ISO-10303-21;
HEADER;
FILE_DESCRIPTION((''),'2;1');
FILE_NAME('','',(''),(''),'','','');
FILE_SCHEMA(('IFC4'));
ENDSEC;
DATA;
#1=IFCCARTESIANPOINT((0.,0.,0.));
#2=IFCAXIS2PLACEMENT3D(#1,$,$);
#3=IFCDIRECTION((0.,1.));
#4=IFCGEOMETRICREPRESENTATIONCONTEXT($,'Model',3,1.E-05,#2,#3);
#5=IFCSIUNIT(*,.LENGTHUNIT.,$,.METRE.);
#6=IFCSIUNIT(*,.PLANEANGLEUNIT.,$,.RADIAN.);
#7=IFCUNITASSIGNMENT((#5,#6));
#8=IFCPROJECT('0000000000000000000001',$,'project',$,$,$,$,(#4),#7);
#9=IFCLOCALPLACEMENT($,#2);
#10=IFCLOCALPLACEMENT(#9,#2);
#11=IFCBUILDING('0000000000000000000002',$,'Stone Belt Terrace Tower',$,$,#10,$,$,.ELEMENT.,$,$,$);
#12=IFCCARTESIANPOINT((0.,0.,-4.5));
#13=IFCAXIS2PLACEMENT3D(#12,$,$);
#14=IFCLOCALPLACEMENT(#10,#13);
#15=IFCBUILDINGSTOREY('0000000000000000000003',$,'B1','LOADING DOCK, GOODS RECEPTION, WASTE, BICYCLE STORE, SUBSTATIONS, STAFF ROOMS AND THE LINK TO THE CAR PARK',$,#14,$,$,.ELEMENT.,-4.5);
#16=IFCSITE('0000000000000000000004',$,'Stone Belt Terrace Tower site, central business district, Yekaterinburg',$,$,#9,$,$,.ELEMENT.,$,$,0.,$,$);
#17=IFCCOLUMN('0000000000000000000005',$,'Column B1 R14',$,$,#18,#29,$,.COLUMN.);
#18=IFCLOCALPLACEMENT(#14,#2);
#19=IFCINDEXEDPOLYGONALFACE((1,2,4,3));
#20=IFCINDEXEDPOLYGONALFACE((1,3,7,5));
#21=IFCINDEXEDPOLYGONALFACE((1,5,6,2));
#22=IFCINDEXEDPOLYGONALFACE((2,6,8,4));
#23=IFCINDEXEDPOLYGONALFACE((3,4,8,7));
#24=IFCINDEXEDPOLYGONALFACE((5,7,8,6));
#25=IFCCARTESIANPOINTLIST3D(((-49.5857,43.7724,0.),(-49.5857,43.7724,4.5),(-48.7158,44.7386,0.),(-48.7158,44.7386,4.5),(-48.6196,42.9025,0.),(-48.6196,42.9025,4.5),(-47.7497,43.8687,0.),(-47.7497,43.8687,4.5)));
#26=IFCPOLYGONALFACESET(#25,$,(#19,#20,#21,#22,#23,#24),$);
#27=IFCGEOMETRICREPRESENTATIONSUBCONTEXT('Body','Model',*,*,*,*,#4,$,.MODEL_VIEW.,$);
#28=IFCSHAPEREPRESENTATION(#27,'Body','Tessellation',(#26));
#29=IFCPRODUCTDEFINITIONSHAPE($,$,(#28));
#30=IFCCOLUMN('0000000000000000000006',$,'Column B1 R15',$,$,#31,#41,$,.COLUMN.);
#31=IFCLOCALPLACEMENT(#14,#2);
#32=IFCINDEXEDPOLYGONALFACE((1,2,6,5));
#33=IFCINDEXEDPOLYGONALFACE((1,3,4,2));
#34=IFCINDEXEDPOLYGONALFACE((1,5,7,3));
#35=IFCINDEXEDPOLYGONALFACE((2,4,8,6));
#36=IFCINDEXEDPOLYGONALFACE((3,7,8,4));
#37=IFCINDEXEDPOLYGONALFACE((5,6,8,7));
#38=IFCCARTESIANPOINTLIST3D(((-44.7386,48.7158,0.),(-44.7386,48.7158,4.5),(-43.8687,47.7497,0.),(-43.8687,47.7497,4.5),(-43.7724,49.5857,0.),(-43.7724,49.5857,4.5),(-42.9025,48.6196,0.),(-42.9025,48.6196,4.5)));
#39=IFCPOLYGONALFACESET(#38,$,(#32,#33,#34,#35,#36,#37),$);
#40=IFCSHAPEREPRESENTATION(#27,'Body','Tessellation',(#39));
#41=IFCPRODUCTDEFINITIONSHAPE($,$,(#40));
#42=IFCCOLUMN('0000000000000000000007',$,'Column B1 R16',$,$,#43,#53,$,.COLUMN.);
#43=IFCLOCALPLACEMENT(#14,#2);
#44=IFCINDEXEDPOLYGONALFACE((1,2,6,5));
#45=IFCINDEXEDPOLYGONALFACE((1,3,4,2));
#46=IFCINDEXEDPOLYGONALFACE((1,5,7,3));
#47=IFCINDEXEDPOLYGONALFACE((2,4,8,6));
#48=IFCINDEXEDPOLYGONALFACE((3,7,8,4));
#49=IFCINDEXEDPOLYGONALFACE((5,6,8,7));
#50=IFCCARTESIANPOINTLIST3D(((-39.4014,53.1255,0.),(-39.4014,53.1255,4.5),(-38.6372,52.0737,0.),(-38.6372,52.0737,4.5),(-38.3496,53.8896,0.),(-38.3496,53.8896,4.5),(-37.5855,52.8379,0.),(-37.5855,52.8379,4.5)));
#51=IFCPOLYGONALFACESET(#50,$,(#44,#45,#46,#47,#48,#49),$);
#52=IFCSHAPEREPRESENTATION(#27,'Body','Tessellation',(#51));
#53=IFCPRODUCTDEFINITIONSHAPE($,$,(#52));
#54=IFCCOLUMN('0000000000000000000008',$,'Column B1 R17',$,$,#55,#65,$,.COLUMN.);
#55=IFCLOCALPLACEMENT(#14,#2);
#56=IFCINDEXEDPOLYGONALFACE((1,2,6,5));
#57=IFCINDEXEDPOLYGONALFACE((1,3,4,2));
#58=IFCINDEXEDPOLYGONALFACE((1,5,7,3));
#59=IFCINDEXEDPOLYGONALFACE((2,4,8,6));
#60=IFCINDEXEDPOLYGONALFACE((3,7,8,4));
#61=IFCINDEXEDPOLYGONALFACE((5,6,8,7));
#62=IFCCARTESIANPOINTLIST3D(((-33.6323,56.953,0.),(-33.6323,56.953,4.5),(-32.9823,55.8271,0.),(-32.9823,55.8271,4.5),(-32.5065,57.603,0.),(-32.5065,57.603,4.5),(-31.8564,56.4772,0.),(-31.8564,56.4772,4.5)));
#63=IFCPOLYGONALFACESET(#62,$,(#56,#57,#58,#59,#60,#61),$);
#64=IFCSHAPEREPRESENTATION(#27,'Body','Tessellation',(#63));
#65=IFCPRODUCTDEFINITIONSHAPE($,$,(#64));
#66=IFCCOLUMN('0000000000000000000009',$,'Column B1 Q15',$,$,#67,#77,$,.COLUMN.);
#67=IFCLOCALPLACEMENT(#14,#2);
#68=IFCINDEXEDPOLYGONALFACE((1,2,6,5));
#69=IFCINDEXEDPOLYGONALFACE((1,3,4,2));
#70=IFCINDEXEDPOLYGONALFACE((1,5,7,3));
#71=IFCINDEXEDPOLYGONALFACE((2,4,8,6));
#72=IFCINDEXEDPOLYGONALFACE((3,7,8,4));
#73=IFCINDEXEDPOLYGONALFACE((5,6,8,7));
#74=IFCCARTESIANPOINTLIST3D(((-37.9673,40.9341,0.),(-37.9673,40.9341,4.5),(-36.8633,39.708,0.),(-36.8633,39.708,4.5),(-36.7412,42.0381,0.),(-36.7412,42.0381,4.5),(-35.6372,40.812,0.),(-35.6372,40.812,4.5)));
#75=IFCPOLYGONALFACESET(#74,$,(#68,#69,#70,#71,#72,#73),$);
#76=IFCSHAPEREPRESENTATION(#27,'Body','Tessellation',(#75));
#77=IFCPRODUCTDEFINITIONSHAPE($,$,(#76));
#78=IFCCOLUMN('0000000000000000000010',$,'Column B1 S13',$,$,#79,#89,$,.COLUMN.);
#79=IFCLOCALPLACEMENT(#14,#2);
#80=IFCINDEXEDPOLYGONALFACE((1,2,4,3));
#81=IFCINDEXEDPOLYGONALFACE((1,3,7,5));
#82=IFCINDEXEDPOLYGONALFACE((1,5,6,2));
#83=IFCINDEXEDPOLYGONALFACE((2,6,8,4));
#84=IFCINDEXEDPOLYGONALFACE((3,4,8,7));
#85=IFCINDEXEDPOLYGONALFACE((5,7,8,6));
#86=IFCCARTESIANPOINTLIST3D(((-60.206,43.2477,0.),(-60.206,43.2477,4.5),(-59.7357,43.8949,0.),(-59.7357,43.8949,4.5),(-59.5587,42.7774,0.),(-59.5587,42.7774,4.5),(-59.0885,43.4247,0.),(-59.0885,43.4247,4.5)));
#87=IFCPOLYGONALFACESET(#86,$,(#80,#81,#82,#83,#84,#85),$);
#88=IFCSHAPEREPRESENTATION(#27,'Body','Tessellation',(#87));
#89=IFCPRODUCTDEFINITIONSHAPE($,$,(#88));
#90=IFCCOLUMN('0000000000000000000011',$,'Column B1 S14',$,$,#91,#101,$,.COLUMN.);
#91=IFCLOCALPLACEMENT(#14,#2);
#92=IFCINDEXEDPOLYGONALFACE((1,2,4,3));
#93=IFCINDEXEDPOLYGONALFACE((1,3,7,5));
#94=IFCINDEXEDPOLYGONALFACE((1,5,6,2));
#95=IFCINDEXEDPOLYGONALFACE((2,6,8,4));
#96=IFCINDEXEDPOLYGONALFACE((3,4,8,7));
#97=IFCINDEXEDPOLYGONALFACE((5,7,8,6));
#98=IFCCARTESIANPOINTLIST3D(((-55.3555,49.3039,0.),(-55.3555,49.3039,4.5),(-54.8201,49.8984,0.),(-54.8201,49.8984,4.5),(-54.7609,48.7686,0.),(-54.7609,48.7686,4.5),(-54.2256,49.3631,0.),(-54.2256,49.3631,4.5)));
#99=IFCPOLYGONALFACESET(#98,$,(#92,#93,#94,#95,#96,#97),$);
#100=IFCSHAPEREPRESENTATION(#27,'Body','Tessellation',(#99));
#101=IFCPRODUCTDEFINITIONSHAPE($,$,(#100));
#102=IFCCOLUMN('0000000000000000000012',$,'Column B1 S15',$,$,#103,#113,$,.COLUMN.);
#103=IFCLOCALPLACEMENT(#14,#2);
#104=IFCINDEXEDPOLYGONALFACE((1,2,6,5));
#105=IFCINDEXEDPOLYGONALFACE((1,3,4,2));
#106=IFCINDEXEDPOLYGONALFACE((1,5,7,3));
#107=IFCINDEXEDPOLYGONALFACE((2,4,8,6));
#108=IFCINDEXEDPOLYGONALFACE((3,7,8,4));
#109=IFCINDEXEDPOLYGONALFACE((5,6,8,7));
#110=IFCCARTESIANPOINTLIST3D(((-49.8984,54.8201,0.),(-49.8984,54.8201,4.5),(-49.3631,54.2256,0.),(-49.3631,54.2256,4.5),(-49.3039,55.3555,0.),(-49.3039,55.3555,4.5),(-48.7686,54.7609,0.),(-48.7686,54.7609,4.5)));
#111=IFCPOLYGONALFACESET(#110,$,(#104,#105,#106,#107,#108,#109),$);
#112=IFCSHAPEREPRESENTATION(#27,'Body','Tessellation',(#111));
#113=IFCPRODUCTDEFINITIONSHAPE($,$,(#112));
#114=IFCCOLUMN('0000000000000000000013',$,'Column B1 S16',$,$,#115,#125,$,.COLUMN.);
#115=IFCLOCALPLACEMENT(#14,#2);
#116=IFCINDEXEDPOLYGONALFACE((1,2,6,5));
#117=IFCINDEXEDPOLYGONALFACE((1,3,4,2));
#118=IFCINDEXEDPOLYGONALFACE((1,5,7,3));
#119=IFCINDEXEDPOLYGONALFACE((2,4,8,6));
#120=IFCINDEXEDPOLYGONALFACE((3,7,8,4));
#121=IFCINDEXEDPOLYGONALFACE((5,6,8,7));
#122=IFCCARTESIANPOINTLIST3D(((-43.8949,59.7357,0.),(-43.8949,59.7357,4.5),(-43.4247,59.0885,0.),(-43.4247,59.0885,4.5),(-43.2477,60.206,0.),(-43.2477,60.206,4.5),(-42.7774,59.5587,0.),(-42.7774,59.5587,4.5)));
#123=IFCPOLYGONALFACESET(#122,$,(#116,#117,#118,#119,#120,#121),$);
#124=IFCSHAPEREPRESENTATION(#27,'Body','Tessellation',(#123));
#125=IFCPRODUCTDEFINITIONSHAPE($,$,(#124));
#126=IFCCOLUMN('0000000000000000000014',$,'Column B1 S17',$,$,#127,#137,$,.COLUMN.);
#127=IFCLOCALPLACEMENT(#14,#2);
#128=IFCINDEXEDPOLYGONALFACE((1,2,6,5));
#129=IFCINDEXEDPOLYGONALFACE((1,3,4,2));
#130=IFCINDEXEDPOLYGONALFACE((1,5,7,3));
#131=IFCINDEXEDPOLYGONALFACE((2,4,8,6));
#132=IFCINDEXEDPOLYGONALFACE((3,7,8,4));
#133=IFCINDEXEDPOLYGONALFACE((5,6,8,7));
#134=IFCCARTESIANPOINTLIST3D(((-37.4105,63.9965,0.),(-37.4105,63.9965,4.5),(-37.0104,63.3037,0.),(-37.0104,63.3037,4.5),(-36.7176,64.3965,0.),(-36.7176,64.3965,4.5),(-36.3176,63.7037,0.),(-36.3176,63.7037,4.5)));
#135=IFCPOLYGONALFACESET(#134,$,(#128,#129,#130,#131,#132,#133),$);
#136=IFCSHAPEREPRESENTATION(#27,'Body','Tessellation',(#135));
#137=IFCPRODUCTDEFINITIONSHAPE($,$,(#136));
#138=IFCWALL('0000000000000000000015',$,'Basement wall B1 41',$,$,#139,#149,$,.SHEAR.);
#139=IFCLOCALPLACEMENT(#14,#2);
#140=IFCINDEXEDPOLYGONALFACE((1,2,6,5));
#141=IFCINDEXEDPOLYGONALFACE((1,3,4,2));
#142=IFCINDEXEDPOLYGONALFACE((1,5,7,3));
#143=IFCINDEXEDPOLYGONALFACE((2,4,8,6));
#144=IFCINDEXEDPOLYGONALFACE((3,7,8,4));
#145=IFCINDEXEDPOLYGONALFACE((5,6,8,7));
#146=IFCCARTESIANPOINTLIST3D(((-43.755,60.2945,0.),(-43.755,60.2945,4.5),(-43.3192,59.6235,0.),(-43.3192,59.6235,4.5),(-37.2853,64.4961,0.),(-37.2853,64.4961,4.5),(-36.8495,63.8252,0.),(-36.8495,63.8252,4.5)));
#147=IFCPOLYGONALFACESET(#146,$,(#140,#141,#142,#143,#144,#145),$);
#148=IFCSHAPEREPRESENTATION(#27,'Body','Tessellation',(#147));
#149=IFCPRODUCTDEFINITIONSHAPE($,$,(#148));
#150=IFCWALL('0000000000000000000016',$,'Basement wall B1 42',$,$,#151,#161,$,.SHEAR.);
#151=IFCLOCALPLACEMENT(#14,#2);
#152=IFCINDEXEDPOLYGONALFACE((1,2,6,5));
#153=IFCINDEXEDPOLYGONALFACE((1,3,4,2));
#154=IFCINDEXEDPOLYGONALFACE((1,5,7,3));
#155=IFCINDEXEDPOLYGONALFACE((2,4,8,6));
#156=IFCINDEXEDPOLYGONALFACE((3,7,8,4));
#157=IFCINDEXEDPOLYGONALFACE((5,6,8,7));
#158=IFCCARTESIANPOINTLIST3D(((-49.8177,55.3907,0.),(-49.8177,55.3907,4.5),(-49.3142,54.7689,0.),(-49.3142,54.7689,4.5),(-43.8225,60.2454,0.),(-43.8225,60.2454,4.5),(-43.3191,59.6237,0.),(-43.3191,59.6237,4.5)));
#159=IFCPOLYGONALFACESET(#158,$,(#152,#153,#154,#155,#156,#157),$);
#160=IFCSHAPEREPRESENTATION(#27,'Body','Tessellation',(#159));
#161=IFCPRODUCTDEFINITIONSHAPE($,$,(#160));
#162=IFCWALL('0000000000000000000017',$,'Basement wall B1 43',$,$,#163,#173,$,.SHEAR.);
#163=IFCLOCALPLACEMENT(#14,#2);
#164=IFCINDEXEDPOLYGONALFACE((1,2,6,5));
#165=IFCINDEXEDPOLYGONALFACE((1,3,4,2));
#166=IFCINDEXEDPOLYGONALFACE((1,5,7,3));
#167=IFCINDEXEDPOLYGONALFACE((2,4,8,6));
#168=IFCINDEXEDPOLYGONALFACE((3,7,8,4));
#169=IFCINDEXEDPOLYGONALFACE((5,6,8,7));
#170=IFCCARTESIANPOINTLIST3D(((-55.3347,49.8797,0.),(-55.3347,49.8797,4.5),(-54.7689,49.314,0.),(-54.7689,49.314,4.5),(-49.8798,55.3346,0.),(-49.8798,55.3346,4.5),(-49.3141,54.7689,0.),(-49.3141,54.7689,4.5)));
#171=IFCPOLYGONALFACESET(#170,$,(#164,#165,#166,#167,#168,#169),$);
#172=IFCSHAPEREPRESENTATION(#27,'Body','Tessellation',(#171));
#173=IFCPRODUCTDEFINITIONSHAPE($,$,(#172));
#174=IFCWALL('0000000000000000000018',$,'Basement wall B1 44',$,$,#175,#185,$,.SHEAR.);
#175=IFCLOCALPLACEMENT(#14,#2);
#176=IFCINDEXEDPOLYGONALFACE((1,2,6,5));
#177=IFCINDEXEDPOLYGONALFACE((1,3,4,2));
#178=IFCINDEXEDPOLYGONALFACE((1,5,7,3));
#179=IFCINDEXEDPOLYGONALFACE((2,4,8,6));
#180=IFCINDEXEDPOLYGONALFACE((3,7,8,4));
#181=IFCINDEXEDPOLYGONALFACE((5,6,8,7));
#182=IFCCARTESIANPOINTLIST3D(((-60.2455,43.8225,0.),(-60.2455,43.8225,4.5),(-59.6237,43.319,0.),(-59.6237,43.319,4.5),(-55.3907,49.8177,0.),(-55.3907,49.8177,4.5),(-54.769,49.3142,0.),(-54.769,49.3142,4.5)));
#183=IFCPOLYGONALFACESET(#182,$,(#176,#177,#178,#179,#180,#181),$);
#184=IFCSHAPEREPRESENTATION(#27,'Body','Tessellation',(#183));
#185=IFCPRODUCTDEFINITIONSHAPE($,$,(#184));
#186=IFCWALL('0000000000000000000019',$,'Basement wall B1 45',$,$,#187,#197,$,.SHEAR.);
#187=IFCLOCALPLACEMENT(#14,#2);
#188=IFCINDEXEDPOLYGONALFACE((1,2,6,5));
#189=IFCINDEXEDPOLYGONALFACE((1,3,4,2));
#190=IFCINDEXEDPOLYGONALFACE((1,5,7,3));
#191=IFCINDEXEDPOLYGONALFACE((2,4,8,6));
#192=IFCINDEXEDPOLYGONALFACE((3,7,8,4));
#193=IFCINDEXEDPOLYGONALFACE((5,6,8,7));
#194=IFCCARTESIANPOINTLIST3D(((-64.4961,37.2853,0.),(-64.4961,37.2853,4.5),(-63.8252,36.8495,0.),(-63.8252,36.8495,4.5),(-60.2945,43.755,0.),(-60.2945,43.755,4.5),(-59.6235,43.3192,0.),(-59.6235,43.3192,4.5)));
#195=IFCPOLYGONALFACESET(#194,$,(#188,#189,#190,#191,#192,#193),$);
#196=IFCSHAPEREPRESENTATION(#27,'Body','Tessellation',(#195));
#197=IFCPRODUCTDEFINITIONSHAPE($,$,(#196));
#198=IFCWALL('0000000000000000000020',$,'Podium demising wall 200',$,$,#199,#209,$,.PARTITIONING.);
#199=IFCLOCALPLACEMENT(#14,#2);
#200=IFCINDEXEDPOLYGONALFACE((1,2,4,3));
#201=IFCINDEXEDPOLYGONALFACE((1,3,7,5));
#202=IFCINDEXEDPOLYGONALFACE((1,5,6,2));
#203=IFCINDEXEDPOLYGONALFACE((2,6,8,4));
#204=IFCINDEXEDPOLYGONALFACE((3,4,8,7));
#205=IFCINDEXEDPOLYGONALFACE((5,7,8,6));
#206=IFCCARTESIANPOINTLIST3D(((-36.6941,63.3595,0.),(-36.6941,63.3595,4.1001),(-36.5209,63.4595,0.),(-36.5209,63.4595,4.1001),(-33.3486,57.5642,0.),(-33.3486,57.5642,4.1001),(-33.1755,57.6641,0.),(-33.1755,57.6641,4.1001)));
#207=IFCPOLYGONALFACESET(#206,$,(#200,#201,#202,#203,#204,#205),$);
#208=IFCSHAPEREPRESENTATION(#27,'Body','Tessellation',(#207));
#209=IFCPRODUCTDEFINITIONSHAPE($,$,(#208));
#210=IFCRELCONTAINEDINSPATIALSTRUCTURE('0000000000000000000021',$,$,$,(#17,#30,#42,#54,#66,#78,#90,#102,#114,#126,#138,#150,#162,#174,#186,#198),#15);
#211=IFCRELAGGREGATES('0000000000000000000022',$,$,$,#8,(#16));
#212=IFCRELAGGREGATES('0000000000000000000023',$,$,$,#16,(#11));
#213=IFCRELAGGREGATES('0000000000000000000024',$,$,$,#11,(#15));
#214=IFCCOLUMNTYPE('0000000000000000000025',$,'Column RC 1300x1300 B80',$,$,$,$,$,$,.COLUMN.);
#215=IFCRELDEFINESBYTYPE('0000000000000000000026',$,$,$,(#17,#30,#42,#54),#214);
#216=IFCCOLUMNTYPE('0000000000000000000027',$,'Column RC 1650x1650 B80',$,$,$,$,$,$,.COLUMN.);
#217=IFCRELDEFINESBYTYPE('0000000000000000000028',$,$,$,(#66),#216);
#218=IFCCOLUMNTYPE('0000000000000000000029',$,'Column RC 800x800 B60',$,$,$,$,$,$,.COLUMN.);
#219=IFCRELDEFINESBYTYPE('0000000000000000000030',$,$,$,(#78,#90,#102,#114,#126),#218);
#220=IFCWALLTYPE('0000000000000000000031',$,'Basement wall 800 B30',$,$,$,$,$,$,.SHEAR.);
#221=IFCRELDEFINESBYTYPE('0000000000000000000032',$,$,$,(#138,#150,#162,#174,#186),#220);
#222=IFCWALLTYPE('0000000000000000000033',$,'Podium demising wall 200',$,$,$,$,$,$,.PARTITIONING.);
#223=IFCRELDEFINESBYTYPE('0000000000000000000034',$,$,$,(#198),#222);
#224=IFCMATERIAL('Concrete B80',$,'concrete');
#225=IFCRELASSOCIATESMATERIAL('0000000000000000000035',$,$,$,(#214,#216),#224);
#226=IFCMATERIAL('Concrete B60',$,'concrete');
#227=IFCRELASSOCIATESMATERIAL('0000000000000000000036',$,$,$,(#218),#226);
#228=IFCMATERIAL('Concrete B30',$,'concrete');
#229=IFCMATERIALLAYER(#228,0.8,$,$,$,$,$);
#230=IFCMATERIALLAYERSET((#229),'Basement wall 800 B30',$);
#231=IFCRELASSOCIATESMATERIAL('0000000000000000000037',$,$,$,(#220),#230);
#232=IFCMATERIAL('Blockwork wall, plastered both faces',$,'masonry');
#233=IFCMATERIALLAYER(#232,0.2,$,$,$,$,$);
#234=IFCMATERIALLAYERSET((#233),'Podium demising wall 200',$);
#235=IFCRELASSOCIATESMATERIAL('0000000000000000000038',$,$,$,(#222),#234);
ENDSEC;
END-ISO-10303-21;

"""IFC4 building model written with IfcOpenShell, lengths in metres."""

from ifc_helpers import new_model, si_unit, direction, frame, frame_2d, origin, origin_2d, place, context, subcontext, project, spatial, rectangle, extrude, material, layer, layer_set, material_profile, profile_set, type_object, element, save


model = new_model("IFC4")

# Units and contexts
model_context = context("Model", 3, precision=1e-05, world=origin(), true_north=direction((0.0, 1.0)))
body_context = subcontext(model_context, "Body", "Model", "MODEL_VIEW")
ifc_project = project(units=[si_unit("LENGTHUNIT", "METRE"), si_unit("PLANEANGLEUNIT", "RADIAN")], contexts=[model_context])

# Site, building, storey
site_placement = place(None, origin())
site = spatial("IfcSite", under=ifc_project, at=site_placement, Name="Stone Belt Terrace Tower site, central business district, Yekaterinburg", CompositionType="ELEMENT", RefElevation=0.0)
building_placement = place(site_placement, origin())
building = spatial("IfcBuilding", under=site, at=building_placement, Name="Stone Belt Terrace Tower", CompositionType="ELEMENT")
storey_placement = place(building_placement, frame((0.0, 0.0, -4.5)))
storey = spatial("IfcBuildingStorey", under=building, at=storey_placement, Name="B1", Description="LOADING DOCK, GOODS RECEPTION, WASTE, BICYCLE STORE, SUBSTATIONS, STAFF ROOMS AND THE LINK TO THE CAR PARK", CompositionType="ELEMENT", Elevation=-4.5)

# Columns
ifc_material_1 = material(Name="Concrete B80", Category="concrete")
ifc_material_profile_1 = material_profile(ifc_material_1, rectangle(XDim=1.3, YDim=1.3, at=origin_2d()), Name="RC 1300x1300")
ifc_profile_set_1 = profile_set([ifc_material_profile_1], Name="Concrete B80")
column_type_1 = type_object("IfcColumnType", Name="Column RC 1300x1300 B80", PredefinedType="COLUMN", material=ifc_profile_set_1)
for number, where, z_axis, x_axis, name in (
    (1, (-48.6677, 43.8206, 0.0), (0.0, 0.0, 1.0), (0.669131, 0.743145, 0.0), "Column B1 R14"),
    (2, (-43.8206, 48.6677, 0.0), (0.0, 0.0, 1.0), (0.743145, 0.669131, 0.0), "Column B1 R15"),
    (3, (-38.4934, 52.9817, 0.0), (0.0, 0.0, 1.0), (0.809017, 0.587785, 0.0), "Column B1 R16"),
    (4, (-32.7444, 56.7151, 0.0), (0.0, 0.0, 1.0), (0.866025, 0.5, 0.0), "Column B1 R17"),
):
    element("IfcColumn", number, at=place(storey_placement, frame(where, z_axis=z_axis, x_axis=x_axis)), inside=storey, type_object=column_type_1, Name=name, PredefinedType="COLUMN", context=body_context, shape_type="SweptSolid", body=[
        extrude(rectangle(XDim=1.3, YDim=1.3, at=origin_2d()), origin(), (0.0, 0.0, 1.0), 4.5),
    ])
ifc_material_profile_2 = material_profile(ifc_material_1, rectangle(XDim=1.6499, YDim=1.6499, at=origin_2d()), Name="RC 1650x1650")
ifc_profile_set_2 = profile_set([ifc_material_profile_2], Name="Concrete B80")
column_type_2 = type_object("IfcColumnType", Name="Column RC 1650x1650 B80", PredefinedType="COLUMN", material=ifc_profile_set_2)
column_placement = place(storey_placement, frame((-36.8022, 40.873, 0.0), z_axis=(0.0, 0.0, 1.0), x_axis=(0.743145, 0.669131, 0.0)))
element("IfcColumn", 5, at=column_placement, inside=storey, type_object=column_type_2, Name="Column B1 Q15", PredefinedType="COLUMN", context=body_context, shape_type="SweptSolid", body=[
    extrude(rectangle(XDim=1.6499, YDim=1.6499, at=origin_2d()), origin(), (0.0, 0.0, 1.0), 4.5),
])
ifc_material_2 = material(Name="Concrete B60", Category="concrete")
ifc_material_profile_3 = material_profile(ifc_material_2, rectangle(XDim=0.8, YDim=0.8, at=origin_2d()), Name="RC 800x800")
ifc_profile_set_3 = profile_set([ifc_material_profile_3], Name="Concrete B60")
column_type_3 = type_object("IfcColumnType", Name="Column RC 800x800 B60", PredefinedType="COLUMN", material=ifc_profile_set_3)
for number, where, z_axis, x_axis, name in (
    (6, (-59.6472, 43.3362, 0.0), (0.0, 0.0, 1.0), (0.587785, 0.809017, 0.0), "Column B1 S13"),
    (7, (-54.7905, 49.3335, 0.0), (0.0, 0.0, 1.0), (0.669131, 0.743145, 0.0), "Column B1 S14"),
    (8, (-49.3335, 54.7905, 0.0), (0.0, 0.0, 1.0), (0.743145, 0.669131, 0.0), "Column B1 S15"),
    (9, (-43.3362, 59.6472, 0.0), (0.0, 0.0, 1.0), (0.809017, 0.587785, 0.0), "Column B1 S16"),
    (10, (-36.864, 63.8501, 0.0), (0.0, 0.0, 1.0), (0.866025, 0.5, 0.0), "Column B1 S17"),
):
    element("IfcColumn", number, at=place(storey_placement, frame(where, z_axis=z_axis, x_axis=x_axis)), inside=storey, type_object=column_type_3, Name=name, PredefinedType="COLUMN", context=body_context, shape_type="SweptSolid", body=[
        extrude(rectangle(XDim=0.8, YDim=0.8, at=origin_2d()), origin(), (0.0, 0.0, 1.0), 4.5),
    ])

# Walls
ifc_material_3 = material(Name="Concrete B30", Category="concrete")
ifc_layer_1 = layer(ifc_material_3, 0.8)
ifc_layer_set_1 = layer_set([ifc_layer_1], Name="Basement wall 800 B30")
wall_type_1 = type_object("IfcWallType", Name="Basement wall 800 B30", PredefinedType="SHEAR", material=ifc_layer_set_1)
for number, where, z_axis, x_axis, name in (
    (11, (-37.0674, 64.1606, 0.0), (0.0, 0.0, 1.0), (-0.83866, -0.544655, 0.0), "Basement wall B1 41"),
    (12, (-43.5708, 59.9346, 0.0), (0.0, 0.0, 1.0), (-0.777147, -0.629319, 0.0), "Basement wall B1 42"),
    (13, (-49.5969, 55.0518, 0.0), (0.0, 0.0, 1.0), (-0.707107, -0.707107, 0.0), "Basement wall B1 43"),
    (14, (-55.0798, 49.5659, 0.0), (0.0, 0.0, 1.0), (-0.629319, -0.777147, 0.0), "Basement wall B1 44"),
    (15, (-59.959, 43.5371, 0.0), (0.0, 0.0, 1.0), (-0.544655, -0.83866, 0.0), "Basement wall B1 45"),
):
    element("IfcWall", number, at=place(storey_placement, frame(where, z_axis=z_axis, x_axis=x_axis)), inside=storey, type_object=wall_type_1, Name=name, PredefinedType="SHEAR", context=body_context, shape_type="SweptSolid", body=[
        extrude(rectangle(XDim=7.7144, YDim=0.8, at=frame_2d((3.8572, 0.0))), origin(), (0.0, 0.0, 1.0), 4.5),
    ])
ifc_material_4 = material(Name="Blockwork wall, plastered both faces", Category="masonry")
ifc_layer_2 = layer(ifc_material_4, 0.2)
ifc_layer_set_2 = layer_set([ifc_layer_2], Name="Podium demising wall 200")
wall_type_2 = type_object("IfcWallType", Name="Podium demising wall 200", PredefinedType="PARTITIONING", material=ifc_layer_set_2)
wall_1_placement = place(storey_placement, frame((-36.6074, 63.4094, 0.0), z_axis=(0.0, 0.0, 1.0), x_axis=(0.499941, -0.866059, 0.0)))
element("IfcWall", 16, at=wall_1_placement, inside=storey, type_object=wall_type_2, Name="Podium demising wall 200", PredefinedType="PARTITIONING", context=body_context, shape_type="SweptSolid", body=[
    extrude(rectangle(XDim=6.6917, YDim=0.2, at=frame_2d((3.3457, 0.0))), origin(), (0.0, 0.0, 1.0), 4.1001),
])

save(model, "model.ifc")
